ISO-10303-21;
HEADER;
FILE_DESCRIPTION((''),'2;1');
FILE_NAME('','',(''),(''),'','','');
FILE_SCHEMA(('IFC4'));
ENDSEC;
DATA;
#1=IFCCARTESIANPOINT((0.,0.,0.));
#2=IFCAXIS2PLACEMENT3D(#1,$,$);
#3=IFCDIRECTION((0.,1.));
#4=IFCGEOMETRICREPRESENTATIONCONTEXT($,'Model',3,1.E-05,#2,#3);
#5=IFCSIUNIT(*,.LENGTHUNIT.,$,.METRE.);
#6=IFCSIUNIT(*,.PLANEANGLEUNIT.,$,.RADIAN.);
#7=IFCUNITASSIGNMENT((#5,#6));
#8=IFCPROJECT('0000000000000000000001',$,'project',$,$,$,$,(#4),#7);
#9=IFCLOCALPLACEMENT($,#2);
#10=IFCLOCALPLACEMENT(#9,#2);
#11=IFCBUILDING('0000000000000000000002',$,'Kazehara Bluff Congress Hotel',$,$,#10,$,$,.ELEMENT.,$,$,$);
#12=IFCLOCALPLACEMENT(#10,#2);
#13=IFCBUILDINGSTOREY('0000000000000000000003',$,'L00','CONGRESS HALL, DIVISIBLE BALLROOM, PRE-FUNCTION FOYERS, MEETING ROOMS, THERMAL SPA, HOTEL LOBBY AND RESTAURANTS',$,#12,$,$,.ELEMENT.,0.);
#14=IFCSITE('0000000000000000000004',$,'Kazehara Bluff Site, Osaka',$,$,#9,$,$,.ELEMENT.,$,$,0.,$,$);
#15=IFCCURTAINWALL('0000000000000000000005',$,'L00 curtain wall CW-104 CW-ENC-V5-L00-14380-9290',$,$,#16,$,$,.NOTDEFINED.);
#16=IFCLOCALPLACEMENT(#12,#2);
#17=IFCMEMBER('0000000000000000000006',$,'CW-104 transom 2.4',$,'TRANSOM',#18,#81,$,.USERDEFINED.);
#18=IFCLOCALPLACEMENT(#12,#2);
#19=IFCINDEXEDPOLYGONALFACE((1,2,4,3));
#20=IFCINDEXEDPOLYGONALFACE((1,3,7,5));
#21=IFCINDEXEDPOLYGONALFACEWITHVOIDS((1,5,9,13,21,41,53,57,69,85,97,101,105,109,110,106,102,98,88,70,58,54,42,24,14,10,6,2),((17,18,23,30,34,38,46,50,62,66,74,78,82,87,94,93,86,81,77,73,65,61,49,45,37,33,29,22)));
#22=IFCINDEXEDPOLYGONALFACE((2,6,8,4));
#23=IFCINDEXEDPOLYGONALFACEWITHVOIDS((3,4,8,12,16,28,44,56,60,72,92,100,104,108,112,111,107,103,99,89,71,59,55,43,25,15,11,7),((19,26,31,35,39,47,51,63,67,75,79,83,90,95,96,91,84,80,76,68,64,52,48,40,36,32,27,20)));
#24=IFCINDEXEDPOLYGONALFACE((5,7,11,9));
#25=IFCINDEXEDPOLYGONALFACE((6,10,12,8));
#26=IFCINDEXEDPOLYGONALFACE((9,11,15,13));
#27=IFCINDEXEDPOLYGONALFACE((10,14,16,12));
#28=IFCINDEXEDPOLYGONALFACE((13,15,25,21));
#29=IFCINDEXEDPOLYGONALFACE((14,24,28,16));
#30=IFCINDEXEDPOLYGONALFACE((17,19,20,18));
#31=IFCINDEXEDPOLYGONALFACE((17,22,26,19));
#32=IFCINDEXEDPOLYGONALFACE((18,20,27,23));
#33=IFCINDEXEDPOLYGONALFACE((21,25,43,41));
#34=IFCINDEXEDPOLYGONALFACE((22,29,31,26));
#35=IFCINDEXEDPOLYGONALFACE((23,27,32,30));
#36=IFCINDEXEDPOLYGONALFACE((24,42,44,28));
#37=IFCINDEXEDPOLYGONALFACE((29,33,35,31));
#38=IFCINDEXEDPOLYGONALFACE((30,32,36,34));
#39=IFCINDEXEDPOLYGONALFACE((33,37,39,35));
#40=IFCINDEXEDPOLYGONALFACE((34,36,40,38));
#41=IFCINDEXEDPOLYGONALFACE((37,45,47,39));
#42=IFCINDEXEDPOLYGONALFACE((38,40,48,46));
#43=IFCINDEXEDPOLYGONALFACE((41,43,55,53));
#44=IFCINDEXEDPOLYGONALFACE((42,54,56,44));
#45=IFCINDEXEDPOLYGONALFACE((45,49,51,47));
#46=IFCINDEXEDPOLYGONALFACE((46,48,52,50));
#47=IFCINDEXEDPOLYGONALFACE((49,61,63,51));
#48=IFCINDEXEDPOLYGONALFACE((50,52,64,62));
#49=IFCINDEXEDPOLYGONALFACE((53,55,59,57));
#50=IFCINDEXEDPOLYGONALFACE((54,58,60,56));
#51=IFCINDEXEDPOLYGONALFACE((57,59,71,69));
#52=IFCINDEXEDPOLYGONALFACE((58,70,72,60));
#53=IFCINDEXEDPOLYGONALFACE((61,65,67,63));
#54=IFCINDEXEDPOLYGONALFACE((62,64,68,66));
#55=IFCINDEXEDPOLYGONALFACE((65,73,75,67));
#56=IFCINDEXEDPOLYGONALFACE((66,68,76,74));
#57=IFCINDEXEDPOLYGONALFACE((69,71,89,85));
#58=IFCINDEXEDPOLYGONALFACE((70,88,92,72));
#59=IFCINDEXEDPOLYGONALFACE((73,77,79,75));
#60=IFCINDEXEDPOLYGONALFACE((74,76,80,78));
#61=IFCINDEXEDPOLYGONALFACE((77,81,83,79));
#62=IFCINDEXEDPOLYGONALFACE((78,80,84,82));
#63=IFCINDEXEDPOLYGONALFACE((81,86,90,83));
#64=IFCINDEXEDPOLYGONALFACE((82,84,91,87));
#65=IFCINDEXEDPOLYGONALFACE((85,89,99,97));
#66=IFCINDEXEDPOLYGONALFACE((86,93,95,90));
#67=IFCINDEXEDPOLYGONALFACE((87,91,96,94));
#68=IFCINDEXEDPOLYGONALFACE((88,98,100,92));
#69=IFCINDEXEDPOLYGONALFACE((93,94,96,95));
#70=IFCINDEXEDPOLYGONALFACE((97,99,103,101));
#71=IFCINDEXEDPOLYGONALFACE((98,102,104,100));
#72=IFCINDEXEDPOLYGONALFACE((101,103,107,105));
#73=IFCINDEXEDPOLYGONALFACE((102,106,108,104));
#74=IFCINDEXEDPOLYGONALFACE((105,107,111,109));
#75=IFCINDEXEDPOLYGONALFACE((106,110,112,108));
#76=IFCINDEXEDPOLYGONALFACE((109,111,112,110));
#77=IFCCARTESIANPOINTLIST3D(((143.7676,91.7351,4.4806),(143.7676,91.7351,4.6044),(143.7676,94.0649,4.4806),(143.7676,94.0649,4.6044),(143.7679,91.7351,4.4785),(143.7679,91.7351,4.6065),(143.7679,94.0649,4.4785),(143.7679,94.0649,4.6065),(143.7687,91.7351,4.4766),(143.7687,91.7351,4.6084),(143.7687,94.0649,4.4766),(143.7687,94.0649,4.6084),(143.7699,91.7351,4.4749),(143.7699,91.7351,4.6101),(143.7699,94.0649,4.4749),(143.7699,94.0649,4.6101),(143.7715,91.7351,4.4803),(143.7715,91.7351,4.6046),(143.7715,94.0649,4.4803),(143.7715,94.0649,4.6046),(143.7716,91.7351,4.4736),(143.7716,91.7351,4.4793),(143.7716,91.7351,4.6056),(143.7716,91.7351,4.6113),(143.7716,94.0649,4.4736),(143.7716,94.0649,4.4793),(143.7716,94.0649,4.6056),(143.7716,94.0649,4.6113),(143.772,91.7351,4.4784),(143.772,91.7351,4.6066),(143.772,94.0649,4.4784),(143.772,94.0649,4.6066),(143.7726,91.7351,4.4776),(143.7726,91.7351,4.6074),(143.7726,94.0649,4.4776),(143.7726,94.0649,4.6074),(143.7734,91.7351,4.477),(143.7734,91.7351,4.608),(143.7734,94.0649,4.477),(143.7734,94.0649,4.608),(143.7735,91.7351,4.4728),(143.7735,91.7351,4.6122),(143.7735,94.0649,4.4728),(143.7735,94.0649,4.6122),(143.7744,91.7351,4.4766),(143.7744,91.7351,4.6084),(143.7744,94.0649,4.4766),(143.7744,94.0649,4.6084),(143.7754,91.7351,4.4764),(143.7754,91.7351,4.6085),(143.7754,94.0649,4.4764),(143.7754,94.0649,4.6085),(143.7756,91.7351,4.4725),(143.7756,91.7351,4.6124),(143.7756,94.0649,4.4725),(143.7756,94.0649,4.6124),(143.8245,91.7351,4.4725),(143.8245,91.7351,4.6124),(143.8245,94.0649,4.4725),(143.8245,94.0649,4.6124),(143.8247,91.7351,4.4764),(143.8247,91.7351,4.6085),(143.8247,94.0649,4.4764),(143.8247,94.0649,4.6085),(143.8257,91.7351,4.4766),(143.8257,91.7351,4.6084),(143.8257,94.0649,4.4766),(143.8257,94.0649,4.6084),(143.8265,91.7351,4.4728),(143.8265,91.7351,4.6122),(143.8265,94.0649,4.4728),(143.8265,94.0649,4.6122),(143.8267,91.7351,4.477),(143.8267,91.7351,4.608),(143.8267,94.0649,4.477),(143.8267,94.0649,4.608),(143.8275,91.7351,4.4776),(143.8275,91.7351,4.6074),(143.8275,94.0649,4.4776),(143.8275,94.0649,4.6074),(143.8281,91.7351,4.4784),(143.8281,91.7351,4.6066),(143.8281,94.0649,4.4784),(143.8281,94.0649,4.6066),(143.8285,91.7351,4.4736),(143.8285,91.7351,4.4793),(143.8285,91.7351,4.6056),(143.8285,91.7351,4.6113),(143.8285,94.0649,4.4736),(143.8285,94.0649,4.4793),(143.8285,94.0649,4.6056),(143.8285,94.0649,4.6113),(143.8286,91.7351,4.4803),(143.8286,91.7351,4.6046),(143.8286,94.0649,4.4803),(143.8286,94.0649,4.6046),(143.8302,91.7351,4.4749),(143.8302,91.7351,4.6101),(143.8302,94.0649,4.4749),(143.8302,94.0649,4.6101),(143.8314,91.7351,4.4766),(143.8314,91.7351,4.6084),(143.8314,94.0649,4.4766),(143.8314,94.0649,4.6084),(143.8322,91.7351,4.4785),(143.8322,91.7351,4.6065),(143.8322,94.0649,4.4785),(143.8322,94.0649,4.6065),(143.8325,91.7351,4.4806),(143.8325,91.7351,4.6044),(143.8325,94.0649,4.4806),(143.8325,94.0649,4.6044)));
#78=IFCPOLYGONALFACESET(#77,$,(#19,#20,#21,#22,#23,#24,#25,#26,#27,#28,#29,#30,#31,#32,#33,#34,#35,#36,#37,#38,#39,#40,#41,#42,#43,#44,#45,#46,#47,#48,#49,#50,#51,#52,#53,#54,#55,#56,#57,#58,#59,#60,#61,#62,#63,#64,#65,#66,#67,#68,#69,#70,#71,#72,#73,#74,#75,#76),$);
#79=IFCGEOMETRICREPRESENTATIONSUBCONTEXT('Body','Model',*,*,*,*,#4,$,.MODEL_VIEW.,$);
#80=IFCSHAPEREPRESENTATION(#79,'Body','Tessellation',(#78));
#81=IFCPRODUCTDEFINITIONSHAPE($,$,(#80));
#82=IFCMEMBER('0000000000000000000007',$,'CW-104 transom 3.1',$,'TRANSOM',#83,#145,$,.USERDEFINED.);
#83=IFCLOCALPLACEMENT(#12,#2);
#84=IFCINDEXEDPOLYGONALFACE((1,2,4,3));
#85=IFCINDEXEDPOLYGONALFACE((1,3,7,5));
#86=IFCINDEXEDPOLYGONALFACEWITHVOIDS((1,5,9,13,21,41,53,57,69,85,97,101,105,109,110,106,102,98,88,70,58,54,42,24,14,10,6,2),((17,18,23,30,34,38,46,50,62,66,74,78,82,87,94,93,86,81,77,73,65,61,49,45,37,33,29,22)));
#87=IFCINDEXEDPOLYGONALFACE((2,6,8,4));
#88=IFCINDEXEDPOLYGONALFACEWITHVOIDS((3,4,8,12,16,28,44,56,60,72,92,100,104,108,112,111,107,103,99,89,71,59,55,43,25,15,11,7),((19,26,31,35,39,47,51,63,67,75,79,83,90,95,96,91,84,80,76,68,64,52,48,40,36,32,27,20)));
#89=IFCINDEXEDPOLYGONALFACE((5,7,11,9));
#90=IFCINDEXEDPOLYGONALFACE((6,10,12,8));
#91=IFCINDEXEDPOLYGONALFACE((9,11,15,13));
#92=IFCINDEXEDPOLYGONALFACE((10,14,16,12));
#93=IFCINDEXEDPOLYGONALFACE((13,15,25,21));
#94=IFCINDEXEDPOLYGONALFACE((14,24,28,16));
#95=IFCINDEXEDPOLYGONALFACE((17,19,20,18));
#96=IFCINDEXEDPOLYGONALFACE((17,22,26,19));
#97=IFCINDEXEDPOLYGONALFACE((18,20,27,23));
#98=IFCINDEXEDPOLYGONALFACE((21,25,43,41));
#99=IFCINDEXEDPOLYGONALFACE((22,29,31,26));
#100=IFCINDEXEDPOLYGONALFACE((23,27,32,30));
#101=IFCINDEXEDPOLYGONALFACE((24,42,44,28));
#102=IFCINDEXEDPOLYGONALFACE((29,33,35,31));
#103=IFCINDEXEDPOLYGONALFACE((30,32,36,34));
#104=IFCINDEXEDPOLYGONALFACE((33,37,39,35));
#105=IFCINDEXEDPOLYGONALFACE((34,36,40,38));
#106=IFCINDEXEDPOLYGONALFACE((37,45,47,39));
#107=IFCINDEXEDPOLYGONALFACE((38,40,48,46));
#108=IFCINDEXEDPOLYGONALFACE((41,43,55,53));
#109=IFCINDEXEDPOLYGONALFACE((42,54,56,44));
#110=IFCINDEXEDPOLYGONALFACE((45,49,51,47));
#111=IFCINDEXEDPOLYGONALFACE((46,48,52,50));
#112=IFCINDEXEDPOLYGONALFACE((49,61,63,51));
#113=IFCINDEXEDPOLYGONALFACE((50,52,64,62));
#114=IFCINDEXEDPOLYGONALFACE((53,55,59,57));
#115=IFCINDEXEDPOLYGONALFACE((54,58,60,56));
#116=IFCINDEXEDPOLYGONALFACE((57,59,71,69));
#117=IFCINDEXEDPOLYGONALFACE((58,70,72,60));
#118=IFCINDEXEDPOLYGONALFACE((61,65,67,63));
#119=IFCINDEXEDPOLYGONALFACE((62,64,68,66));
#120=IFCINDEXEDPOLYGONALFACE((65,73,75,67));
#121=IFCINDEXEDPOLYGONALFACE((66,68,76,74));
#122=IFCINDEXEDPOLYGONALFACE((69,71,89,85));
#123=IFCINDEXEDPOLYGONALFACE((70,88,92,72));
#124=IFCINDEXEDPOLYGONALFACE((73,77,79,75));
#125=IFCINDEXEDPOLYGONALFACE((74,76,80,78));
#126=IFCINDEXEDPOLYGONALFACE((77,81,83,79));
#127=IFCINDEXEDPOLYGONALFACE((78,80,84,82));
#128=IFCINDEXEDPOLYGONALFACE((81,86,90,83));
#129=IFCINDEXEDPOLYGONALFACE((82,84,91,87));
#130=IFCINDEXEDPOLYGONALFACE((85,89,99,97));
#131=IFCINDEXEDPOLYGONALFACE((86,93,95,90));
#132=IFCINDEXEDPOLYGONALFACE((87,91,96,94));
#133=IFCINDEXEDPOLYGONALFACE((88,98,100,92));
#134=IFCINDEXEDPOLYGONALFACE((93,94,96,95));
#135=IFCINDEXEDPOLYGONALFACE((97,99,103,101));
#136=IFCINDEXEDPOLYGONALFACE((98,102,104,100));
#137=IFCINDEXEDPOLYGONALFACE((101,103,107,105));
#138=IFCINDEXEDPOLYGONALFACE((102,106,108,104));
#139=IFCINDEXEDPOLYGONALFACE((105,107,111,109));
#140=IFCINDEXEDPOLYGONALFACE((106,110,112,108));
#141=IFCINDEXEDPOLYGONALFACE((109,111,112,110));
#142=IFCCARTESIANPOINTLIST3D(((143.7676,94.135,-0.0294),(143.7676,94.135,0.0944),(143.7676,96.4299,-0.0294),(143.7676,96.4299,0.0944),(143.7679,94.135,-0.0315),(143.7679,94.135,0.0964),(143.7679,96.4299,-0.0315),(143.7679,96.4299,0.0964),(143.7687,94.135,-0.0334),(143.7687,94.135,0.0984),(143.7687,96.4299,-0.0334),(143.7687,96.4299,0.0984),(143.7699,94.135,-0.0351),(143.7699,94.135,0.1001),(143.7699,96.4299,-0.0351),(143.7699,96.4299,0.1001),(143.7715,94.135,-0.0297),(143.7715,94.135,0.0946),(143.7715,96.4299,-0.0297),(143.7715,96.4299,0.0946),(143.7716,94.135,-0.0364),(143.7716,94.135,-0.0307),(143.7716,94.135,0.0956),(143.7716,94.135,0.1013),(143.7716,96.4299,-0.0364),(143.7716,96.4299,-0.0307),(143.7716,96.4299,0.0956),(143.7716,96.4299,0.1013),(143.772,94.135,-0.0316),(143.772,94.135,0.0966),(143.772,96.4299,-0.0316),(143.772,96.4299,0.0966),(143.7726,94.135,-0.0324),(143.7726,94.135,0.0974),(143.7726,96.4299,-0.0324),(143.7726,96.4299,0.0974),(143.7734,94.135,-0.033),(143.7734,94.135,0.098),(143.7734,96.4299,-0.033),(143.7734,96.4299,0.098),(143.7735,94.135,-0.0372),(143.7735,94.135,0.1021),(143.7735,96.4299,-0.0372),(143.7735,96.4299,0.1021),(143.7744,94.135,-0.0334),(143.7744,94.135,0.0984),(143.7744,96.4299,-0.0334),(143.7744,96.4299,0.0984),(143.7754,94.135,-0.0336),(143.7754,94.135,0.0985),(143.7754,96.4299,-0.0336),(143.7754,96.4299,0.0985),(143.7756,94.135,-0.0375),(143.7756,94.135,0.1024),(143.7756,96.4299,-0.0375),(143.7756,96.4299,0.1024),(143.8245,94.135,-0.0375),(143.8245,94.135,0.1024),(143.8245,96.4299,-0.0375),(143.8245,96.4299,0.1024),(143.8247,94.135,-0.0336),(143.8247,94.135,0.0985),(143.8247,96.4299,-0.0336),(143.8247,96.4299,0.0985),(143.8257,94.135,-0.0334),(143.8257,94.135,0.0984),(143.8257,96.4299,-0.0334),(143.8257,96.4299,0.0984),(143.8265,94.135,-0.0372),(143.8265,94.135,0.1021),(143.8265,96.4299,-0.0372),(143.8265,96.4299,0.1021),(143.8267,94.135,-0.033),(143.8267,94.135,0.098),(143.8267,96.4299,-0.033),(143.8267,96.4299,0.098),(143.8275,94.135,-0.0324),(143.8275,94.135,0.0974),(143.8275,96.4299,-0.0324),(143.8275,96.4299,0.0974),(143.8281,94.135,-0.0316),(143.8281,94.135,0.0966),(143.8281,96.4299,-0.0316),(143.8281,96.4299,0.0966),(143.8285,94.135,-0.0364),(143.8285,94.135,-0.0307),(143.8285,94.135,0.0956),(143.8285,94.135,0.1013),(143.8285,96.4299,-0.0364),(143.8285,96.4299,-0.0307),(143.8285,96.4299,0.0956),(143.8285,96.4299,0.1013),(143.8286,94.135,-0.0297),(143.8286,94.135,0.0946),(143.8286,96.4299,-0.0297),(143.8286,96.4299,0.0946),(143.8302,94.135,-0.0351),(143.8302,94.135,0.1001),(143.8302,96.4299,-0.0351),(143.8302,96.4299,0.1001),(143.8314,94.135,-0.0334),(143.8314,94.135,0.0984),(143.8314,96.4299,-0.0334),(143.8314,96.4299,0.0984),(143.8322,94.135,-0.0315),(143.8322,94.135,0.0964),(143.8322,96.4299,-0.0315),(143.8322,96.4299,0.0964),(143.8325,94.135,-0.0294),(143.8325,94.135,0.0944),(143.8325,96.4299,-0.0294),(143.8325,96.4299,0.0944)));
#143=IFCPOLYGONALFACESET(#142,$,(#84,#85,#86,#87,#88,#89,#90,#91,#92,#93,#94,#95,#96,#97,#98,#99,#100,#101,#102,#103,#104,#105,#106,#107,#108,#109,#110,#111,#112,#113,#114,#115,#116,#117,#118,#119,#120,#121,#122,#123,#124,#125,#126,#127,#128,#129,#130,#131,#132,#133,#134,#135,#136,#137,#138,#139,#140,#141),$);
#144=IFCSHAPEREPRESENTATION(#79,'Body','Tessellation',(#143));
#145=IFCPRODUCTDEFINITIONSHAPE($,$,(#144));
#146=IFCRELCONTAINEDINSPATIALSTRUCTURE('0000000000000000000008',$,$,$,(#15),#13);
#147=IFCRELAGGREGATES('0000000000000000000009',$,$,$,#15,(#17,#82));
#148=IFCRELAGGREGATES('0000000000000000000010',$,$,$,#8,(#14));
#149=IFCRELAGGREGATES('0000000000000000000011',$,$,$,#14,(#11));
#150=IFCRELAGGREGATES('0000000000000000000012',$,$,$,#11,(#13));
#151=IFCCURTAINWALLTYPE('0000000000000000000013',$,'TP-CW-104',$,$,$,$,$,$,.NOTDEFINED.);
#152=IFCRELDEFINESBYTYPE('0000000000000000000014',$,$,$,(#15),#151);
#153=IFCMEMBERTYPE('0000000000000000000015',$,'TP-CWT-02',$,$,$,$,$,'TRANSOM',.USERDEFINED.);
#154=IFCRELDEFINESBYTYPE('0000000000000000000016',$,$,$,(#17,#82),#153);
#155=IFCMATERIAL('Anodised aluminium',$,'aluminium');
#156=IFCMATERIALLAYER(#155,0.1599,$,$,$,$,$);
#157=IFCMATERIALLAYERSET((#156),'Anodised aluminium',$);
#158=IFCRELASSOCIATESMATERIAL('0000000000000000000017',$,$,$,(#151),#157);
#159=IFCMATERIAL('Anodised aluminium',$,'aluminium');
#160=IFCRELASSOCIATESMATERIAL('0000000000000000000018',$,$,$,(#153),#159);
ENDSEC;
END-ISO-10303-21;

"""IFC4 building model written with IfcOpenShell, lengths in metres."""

from ifc_helpers import new_model, si_unit, direction, frame, origin, origin_2d, place, context, subcontext, project, spatial, hollow_rectangle, extrude, material, layer, layer_set, material_profile, profile_set, type_object, element, aggregate, save


model = new_model("IFC4")

# Units and contexts
model_context = context("Model", 3, precision=1e-05, world=origin(), true_north=direction((0.0, 1.0)))
body_context = subcontext(model_context, "Body", "Model", "MODEL_VIEW")
ifc_project = project(units=[si_unit("LENGTHUNIT", "METRE"), si_unit("PLANEANGLEUNIT", "RADIAN")], contexts=[model_context])

# Site, building, storey
site_placement = place(None, origin())
site = spatial("IfcSite", under=ifc_project, at=site_placement, Name="Kazehara Bluff Site, Osaka", CompositionType="ELEMENT", RefElevation=0.0)
building_placement = place(site_placement, origin())
building = spatial("IfcBuilding", under=site, at=building_placement, Name="Kazehara Bluff Congress Hotel", CompositionType="ELEMENT")
storey_placement = place(building_placement, origin())
storey = spatial("IfcBuildingStorey", under=building, at=storey_placement, Name="L00", Description="CONGRESS HALL, DIVISIBLE BALLROOM, PRE-FUNCTION FOYERS, MEETING ROOMS, THERMAL SPA, HOTEL LOBBY AND RESTAURANTS", CompositionType="ELEMENT", Elevation=0.0)

# Curtain wall
ifc_material_1 = material(Name="Anodised aluminium", Category="aluminium")
ifc_layer_1 = layer(ifc_material_1, 0.1599)
ifc_layer_set_1 = layer_set([ifc_layer_1], Name="Anodised aluminium")
curtain_wall_type_1 = type_object("IfcCurtainWallType", Name="TP-CW-104", PredefinedType="NOTDEFINED", material=ifc_layer_set_1)
curtain_wall_1_placement = place(storey_placement, origin())
curtain_wall_1 = element("IfcCurtainWall", 1, at=curtain_wall_1_placement, inside=storey, type_object=curtain_wall_type_1, Name="L00 curtain wall CW-104 CW-ENC-V5-L00-14380-9290", PredefinedType="NOTDEFINED")

# Members
ifc_material_2 = material(Name="Anodised aluminium", Category="aluminium")
ifc_material_profile_1 = material_profile(ifc_material_2, hollow_rectangle(XDim=0.0649, YDim=0.1399, WallThickness=0.0039, InnerFilletRadius=0.0039, OuterFilletRadius=0.0081, at=origin_2d()))
ifc_profile_set_1 = profile_set([ifc_material_profile_1], Name="Anodised aluminium")
member_type_1 = type_object("IfcMemberType", Name="TP-CWT-02", ElementType="TRANSOM", PredefinedType="USERDEFINED", material=ifc_profile_set_1)
member_1_placement = place(storey_placement, frame((143.8, 91.7351, 4.5425), z_axis=(0.0, 1.0, 0.0), x_axis=(-1.0, 0.0, 0.0)))
member_1 = element("IfcMember", 2, at=member_1_placement, type_object=member_type_1, Name="CW-104 transom 2.4", ObjectType="TRANSOM", PredefinedType="USERDEFINED", context=body_context, shape_type="SweptSolid", body=[
    extrude(hollow_rectangle(XDim=0.0649, YDim=0.1399, WallThickness=0.0039, InnerFilletRadius=0.0039, OuterFilletRadius=0.0081, at=origin_2d()), origin(), (0.0, 0.0, 1.0), 2.3298),
])
member_2_placement = place(storey_placement, frame((143.8, 94.135, 0.0325), z_axis=(0.0, 1.0, 0.0), x_axis=(-1.0, 0.0, 0.0)))
member_2 = element("IfcMember", 3, at=member_2_placement, type_object=member_type_1, Name="CW-104 transom 3.1", ObjectType="TRANSOM", PredefinedType="USERDEFINED", context=body_context, shape_type="SweptSolid", body=[
    extrude(hollow_rectangle(XDim=0.0649, YDim=0.1399, WallThickness=0.0039, InnerFilletRadius=0.0039, OuterFilletRadius=0.0081, at=origin_2d()), origin(), (0.0, 0.0, 1.0), 2.2949),
])

aggregate(curtain_wall_1, [member_1, member_2])

save(model, "model.ifc")
